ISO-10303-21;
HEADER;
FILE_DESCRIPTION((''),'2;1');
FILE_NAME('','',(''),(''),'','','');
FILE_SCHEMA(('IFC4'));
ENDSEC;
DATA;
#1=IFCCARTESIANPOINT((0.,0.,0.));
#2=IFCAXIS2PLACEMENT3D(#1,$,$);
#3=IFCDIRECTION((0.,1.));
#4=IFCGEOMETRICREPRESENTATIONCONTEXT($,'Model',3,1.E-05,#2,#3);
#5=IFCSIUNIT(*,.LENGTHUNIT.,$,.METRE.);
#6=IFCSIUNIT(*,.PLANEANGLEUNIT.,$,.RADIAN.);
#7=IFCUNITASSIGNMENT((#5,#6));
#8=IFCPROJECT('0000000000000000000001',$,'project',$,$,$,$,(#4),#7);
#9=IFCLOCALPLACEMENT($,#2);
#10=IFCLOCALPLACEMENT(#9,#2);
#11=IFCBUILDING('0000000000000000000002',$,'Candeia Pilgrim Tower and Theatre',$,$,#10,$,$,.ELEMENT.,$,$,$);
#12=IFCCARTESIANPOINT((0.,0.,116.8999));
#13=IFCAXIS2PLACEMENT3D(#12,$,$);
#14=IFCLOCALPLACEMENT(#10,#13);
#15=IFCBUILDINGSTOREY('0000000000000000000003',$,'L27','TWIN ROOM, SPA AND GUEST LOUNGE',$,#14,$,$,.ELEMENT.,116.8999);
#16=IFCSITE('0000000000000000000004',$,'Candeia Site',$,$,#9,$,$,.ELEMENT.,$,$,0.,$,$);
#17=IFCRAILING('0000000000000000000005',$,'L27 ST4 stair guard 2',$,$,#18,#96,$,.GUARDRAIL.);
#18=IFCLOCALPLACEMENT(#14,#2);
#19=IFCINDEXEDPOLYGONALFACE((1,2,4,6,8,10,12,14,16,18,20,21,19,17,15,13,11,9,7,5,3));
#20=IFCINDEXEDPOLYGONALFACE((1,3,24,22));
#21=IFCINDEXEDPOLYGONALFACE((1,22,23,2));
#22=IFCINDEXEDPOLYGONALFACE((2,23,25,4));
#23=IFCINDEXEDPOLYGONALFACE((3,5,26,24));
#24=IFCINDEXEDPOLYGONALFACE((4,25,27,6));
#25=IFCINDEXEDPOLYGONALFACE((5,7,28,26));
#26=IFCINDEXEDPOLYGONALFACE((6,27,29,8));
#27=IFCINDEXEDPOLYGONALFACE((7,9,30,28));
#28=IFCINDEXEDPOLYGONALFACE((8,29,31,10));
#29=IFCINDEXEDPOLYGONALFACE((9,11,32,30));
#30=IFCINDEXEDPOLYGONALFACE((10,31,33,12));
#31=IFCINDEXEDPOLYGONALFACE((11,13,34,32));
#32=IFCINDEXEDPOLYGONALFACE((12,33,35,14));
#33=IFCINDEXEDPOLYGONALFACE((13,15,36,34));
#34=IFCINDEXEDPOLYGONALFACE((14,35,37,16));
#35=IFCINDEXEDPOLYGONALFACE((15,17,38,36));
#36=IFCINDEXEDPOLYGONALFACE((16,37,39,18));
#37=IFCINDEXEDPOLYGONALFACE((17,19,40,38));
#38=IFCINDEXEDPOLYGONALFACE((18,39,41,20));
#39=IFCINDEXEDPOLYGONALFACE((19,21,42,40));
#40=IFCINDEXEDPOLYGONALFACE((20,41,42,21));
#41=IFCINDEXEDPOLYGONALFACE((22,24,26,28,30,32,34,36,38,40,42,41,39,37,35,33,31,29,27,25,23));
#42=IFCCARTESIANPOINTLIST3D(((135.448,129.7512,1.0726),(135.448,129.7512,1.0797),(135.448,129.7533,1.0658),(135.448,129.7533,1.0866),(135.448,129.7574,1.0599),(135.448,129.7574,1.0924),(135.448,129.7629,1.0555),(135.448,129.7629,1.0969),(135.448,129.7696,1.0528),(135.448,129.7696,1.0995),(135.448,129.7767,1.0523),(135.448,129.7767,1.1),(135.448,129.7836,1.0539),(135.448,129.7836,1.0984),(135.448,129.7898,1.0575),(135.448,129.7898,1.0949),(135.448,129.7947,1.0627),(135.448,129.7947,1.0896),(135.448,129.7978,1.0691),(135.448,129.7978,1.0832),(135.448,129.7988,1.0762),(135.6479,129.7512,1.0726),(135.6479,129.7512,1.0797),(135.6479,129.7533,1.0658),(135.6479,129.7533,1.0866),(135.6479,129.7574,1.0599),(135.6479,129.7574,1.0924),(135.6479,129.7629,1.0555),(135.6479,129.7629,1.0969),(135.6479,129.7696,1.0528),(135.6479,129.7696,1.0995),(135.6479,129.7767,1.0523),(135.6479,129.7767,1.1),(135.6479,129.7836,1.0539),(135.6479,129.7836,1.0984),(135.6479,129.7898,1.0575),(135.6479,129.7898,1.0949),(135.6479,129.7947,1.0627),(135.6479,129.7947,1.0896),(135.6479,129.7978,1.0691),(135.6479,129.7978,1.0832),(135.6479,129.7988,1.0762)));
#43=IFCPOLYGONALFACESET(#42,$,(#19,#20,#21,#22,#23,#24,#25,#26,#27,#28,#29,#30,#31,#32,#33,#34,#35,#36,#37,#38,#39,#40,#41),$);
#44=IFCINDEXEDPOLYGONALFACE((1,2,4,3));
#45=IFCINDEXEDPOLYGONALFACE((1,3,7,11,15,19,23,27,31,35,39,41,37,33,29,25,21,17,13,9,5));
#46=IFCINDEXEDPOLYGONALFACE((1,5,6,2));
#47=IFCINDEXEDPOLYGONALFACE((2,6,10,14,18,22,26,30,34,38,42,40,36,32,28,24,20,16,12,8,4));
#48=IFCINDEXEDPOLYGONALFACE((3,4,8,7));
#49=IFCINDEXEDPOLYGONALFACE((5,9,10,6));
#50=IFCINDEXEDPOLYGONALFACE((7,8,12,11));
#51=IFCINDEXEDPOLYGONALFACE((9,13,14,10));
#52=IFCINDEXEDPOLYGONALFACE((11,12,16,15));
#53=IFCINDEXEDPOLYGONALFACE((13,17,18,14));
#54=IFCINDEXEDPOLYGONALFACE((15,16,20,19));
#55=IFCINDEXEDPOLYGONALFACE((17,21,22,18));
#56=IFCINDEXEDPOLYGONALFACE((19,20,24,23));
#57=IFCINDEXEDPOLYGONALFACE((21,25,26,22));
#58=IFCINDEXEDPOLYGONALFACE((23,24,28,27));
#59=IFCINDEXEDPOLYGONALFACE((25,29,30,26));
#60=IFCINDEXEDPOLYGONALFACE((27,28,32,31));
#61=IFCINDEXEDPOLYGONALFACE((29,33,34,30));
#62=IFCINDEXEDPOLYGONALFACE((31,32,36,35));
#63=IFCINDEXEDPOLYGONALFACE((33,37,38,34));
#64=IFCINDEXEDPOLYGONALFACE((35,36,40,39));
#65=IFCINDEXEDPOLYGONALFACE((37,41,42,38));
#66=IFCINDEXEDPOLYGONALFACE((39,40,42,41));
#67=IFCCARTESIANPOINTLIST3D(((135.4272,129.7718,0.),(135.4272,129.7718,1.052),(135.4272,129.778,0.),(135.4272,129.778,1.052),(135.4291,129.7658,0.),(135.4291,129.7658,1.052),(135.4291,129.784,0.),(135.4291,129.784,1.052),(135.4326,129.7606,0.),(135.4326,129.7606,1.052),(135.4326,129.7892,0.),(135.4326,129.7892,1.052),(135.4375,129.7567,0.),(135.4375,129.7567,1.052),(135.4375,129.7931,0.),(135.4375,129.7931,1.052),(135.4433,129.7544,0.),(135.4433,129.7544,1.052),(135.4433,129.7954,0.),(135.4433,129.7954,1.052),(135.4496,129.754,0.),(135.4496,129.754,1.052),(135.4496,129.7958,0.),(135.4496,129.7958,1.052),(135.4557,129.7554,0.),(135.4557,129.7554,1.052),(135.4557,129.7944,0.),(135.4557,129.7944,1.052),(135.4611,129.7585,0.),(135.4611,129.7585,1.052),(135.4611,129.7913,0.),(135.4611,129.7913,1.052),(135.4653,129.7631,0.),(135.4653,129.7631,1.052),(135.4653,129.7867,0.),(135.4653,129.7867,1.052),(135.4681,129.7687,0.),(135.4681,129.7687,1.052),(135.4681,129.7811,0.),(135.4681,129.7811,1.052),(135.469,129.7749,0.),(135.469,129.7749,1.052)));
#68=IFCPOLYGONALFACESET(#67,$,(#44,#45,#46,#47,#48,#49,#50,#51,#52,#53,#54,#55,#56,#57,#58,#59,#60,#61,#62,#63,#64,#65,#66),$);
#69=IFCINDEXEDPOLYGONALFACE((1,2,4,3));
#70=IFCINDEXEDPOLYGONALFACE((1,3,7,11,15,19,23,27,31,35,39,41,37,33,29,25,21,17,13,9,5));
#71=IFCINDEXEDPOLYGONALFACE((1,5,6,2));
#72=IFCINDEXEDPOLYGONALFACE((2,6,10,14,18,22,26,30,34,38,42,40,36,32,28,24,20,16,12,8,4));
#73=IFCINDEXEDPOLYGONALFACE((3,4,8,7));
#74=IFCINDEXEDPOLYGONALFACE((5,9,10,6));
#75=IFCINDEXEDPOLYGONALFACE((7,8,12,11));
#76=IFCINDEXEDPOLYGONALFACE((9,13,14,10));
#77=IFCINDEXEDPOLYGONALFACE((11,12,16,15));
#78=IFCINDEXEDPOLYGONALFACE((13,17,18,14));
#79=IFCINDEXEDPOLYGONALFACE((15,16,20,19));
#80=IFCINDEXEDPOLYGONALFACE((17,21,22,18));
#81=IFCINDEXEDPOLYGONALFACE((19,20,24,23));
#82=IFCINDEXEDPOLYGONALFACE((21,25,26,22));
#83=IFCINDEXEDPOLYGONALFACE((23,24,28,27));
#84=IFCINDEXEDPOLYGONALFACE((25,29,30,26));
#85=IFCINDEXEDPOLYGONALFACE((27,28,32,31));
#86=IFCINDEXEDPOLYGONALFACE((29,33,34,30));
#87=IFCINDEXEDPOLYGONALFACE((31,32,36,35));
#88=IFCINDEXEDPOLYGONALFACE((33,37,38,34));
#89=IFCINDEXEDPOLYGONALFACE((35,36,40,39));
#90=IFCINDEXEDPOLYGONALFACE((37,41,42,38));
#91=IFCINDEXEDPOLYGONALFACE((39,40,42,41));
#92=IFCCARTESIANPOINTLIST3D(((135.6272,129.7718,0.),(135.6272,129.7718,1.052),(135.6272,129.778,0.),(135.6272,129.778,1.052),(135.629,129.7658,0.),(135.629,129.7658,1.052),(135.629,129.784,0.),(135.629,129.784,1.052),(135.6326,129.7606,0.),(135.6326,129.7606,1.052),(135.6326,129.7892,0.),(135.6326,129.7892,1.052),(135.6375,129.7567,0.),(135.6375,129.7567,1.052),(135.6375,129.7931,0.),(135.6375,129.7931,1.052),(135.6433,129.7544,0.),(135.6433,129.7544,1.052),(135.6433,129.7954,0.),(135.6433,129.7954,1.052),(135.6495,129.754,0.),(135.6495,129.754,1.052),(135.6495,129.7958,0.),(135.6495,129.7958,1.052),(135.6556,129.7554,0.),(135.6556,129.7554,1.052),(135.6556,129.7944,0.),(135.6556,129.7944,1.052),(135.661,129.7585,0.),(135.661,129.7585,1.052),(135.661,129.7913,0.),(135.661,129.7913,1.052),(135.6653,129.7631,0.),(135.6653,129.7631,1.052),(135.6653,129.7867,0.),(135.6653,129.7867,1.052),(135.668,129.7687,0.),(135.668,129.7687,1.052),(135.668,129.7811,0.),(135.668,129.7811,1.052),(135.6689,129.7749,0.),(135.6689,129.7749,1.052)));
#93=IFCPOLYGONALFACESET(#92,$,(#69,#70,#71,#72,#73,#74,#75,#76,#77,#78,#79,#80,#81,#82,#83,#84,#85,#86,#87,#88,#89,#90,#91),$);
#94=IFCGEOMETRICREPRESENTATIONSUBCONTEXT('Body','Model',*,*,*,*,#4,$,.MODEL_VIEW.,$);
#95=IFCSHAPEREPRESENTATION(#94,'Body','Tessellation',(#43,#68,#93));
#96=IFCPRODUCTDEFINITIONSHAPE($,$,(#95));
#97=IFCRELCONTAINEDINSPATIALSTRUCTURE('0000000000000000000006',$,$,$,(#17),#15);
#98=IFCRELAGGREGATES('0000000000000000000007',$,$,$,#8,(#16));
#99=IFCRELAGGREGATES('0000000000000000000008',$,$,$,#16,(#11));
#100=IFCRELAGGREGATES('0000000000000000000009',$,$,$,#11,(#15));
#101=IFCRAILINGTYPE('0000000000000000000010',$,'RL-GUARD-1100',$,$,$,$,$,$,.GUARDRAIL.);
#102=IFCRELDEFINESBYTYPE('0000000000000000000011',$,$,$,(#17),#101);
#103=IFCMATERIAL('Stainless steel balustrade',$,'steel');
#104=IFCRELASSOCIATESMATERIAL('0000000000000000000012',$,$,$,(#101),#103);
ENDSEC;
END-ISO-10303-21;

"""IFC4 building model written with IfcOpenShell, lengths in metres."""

from ifc_helpers import new_model, si_unit, direction, frame, origin, origin_2d, place, context, subcontext, project, spatial, circle, extrude, material, type_object, element, save


model = new_model("IFC4")

# Units and contexts
model_context = context("Model", 3, precision=1e-05, world=origin(), true_north=direction((0.0, 1.0)))
body_context = subcontext(model_context, "Body", "Model", "MODEL_VIEW")
ifc_project = project(units=[si_unit("LENGTHUNIT", "METRE"), si_unit("PLANEANGLEUNIT", "RADIAN")], contexts=[model_context])

# Site, building, storey
site_placement = place(None, origin())
site = spatial("IfcSite", under=ifc_project, at=site_placement, Name="Candeia Site", CompositionType="ELEMENT", RefElevation=0.0)
building_placement = place(site_placement, origin())
building = spatial("IfcBuilding", under=site, at=building_placement, Name="Candeia Pilgrim Tower and Theatre", CompositionType="ELEMENT")
storey_placement = place(building_placement, frame((0.0, 0.0, 116.8999)))
storey = spatial("IfcBuildingStorey", under=building, at=storey_placement, Name="L27", Description="TWIN ROOM, SPA AND GUEST LOUNGE", CompositionType="ELEMENT", Elevation=116.8999)

# Railing
ifc_material_1 = material(Name="Stainless steel balustrade", Category="steel")
railing_type_1 = type_object("IfcRailingType", Name="RL-GUARD-1100", PredefinedType="GUARDRAIL", material=ifc_material_1)
railing_1_placement = place(storey_placement, frame((135.448, 129.7749, 0.0)))
element("IfcRailing", 1, at=railing_1_placement, inside=storey, type_object=railing_type_1, Name="L27 ST4 stair guard 2", PredefinedType="GUARDRAIL", context=body_context, shape_type="SweptSolid", body=[
    extrude(circle(Radius=0.0239, at=origin_2d()), frame((0.0, 0.0, 1.0762), z_axis=(1.0, 0.0, 0.0), x_axis=(0.0, 1.0, 0.0)), (0.0, 0.0, 1.0), 0.2),
    extrude(circle(Radius=0.021, at=origin_2d()), origin(), (0.0, 0.0, 1.0), 1.052),
    extrude(circle(Radius=0.021, at=origin_2d()), frame((0.2, 0.0, 0.0)), (0.0, 0.0, 1.0), 1.052),
])

save(model, "model.ifc")
